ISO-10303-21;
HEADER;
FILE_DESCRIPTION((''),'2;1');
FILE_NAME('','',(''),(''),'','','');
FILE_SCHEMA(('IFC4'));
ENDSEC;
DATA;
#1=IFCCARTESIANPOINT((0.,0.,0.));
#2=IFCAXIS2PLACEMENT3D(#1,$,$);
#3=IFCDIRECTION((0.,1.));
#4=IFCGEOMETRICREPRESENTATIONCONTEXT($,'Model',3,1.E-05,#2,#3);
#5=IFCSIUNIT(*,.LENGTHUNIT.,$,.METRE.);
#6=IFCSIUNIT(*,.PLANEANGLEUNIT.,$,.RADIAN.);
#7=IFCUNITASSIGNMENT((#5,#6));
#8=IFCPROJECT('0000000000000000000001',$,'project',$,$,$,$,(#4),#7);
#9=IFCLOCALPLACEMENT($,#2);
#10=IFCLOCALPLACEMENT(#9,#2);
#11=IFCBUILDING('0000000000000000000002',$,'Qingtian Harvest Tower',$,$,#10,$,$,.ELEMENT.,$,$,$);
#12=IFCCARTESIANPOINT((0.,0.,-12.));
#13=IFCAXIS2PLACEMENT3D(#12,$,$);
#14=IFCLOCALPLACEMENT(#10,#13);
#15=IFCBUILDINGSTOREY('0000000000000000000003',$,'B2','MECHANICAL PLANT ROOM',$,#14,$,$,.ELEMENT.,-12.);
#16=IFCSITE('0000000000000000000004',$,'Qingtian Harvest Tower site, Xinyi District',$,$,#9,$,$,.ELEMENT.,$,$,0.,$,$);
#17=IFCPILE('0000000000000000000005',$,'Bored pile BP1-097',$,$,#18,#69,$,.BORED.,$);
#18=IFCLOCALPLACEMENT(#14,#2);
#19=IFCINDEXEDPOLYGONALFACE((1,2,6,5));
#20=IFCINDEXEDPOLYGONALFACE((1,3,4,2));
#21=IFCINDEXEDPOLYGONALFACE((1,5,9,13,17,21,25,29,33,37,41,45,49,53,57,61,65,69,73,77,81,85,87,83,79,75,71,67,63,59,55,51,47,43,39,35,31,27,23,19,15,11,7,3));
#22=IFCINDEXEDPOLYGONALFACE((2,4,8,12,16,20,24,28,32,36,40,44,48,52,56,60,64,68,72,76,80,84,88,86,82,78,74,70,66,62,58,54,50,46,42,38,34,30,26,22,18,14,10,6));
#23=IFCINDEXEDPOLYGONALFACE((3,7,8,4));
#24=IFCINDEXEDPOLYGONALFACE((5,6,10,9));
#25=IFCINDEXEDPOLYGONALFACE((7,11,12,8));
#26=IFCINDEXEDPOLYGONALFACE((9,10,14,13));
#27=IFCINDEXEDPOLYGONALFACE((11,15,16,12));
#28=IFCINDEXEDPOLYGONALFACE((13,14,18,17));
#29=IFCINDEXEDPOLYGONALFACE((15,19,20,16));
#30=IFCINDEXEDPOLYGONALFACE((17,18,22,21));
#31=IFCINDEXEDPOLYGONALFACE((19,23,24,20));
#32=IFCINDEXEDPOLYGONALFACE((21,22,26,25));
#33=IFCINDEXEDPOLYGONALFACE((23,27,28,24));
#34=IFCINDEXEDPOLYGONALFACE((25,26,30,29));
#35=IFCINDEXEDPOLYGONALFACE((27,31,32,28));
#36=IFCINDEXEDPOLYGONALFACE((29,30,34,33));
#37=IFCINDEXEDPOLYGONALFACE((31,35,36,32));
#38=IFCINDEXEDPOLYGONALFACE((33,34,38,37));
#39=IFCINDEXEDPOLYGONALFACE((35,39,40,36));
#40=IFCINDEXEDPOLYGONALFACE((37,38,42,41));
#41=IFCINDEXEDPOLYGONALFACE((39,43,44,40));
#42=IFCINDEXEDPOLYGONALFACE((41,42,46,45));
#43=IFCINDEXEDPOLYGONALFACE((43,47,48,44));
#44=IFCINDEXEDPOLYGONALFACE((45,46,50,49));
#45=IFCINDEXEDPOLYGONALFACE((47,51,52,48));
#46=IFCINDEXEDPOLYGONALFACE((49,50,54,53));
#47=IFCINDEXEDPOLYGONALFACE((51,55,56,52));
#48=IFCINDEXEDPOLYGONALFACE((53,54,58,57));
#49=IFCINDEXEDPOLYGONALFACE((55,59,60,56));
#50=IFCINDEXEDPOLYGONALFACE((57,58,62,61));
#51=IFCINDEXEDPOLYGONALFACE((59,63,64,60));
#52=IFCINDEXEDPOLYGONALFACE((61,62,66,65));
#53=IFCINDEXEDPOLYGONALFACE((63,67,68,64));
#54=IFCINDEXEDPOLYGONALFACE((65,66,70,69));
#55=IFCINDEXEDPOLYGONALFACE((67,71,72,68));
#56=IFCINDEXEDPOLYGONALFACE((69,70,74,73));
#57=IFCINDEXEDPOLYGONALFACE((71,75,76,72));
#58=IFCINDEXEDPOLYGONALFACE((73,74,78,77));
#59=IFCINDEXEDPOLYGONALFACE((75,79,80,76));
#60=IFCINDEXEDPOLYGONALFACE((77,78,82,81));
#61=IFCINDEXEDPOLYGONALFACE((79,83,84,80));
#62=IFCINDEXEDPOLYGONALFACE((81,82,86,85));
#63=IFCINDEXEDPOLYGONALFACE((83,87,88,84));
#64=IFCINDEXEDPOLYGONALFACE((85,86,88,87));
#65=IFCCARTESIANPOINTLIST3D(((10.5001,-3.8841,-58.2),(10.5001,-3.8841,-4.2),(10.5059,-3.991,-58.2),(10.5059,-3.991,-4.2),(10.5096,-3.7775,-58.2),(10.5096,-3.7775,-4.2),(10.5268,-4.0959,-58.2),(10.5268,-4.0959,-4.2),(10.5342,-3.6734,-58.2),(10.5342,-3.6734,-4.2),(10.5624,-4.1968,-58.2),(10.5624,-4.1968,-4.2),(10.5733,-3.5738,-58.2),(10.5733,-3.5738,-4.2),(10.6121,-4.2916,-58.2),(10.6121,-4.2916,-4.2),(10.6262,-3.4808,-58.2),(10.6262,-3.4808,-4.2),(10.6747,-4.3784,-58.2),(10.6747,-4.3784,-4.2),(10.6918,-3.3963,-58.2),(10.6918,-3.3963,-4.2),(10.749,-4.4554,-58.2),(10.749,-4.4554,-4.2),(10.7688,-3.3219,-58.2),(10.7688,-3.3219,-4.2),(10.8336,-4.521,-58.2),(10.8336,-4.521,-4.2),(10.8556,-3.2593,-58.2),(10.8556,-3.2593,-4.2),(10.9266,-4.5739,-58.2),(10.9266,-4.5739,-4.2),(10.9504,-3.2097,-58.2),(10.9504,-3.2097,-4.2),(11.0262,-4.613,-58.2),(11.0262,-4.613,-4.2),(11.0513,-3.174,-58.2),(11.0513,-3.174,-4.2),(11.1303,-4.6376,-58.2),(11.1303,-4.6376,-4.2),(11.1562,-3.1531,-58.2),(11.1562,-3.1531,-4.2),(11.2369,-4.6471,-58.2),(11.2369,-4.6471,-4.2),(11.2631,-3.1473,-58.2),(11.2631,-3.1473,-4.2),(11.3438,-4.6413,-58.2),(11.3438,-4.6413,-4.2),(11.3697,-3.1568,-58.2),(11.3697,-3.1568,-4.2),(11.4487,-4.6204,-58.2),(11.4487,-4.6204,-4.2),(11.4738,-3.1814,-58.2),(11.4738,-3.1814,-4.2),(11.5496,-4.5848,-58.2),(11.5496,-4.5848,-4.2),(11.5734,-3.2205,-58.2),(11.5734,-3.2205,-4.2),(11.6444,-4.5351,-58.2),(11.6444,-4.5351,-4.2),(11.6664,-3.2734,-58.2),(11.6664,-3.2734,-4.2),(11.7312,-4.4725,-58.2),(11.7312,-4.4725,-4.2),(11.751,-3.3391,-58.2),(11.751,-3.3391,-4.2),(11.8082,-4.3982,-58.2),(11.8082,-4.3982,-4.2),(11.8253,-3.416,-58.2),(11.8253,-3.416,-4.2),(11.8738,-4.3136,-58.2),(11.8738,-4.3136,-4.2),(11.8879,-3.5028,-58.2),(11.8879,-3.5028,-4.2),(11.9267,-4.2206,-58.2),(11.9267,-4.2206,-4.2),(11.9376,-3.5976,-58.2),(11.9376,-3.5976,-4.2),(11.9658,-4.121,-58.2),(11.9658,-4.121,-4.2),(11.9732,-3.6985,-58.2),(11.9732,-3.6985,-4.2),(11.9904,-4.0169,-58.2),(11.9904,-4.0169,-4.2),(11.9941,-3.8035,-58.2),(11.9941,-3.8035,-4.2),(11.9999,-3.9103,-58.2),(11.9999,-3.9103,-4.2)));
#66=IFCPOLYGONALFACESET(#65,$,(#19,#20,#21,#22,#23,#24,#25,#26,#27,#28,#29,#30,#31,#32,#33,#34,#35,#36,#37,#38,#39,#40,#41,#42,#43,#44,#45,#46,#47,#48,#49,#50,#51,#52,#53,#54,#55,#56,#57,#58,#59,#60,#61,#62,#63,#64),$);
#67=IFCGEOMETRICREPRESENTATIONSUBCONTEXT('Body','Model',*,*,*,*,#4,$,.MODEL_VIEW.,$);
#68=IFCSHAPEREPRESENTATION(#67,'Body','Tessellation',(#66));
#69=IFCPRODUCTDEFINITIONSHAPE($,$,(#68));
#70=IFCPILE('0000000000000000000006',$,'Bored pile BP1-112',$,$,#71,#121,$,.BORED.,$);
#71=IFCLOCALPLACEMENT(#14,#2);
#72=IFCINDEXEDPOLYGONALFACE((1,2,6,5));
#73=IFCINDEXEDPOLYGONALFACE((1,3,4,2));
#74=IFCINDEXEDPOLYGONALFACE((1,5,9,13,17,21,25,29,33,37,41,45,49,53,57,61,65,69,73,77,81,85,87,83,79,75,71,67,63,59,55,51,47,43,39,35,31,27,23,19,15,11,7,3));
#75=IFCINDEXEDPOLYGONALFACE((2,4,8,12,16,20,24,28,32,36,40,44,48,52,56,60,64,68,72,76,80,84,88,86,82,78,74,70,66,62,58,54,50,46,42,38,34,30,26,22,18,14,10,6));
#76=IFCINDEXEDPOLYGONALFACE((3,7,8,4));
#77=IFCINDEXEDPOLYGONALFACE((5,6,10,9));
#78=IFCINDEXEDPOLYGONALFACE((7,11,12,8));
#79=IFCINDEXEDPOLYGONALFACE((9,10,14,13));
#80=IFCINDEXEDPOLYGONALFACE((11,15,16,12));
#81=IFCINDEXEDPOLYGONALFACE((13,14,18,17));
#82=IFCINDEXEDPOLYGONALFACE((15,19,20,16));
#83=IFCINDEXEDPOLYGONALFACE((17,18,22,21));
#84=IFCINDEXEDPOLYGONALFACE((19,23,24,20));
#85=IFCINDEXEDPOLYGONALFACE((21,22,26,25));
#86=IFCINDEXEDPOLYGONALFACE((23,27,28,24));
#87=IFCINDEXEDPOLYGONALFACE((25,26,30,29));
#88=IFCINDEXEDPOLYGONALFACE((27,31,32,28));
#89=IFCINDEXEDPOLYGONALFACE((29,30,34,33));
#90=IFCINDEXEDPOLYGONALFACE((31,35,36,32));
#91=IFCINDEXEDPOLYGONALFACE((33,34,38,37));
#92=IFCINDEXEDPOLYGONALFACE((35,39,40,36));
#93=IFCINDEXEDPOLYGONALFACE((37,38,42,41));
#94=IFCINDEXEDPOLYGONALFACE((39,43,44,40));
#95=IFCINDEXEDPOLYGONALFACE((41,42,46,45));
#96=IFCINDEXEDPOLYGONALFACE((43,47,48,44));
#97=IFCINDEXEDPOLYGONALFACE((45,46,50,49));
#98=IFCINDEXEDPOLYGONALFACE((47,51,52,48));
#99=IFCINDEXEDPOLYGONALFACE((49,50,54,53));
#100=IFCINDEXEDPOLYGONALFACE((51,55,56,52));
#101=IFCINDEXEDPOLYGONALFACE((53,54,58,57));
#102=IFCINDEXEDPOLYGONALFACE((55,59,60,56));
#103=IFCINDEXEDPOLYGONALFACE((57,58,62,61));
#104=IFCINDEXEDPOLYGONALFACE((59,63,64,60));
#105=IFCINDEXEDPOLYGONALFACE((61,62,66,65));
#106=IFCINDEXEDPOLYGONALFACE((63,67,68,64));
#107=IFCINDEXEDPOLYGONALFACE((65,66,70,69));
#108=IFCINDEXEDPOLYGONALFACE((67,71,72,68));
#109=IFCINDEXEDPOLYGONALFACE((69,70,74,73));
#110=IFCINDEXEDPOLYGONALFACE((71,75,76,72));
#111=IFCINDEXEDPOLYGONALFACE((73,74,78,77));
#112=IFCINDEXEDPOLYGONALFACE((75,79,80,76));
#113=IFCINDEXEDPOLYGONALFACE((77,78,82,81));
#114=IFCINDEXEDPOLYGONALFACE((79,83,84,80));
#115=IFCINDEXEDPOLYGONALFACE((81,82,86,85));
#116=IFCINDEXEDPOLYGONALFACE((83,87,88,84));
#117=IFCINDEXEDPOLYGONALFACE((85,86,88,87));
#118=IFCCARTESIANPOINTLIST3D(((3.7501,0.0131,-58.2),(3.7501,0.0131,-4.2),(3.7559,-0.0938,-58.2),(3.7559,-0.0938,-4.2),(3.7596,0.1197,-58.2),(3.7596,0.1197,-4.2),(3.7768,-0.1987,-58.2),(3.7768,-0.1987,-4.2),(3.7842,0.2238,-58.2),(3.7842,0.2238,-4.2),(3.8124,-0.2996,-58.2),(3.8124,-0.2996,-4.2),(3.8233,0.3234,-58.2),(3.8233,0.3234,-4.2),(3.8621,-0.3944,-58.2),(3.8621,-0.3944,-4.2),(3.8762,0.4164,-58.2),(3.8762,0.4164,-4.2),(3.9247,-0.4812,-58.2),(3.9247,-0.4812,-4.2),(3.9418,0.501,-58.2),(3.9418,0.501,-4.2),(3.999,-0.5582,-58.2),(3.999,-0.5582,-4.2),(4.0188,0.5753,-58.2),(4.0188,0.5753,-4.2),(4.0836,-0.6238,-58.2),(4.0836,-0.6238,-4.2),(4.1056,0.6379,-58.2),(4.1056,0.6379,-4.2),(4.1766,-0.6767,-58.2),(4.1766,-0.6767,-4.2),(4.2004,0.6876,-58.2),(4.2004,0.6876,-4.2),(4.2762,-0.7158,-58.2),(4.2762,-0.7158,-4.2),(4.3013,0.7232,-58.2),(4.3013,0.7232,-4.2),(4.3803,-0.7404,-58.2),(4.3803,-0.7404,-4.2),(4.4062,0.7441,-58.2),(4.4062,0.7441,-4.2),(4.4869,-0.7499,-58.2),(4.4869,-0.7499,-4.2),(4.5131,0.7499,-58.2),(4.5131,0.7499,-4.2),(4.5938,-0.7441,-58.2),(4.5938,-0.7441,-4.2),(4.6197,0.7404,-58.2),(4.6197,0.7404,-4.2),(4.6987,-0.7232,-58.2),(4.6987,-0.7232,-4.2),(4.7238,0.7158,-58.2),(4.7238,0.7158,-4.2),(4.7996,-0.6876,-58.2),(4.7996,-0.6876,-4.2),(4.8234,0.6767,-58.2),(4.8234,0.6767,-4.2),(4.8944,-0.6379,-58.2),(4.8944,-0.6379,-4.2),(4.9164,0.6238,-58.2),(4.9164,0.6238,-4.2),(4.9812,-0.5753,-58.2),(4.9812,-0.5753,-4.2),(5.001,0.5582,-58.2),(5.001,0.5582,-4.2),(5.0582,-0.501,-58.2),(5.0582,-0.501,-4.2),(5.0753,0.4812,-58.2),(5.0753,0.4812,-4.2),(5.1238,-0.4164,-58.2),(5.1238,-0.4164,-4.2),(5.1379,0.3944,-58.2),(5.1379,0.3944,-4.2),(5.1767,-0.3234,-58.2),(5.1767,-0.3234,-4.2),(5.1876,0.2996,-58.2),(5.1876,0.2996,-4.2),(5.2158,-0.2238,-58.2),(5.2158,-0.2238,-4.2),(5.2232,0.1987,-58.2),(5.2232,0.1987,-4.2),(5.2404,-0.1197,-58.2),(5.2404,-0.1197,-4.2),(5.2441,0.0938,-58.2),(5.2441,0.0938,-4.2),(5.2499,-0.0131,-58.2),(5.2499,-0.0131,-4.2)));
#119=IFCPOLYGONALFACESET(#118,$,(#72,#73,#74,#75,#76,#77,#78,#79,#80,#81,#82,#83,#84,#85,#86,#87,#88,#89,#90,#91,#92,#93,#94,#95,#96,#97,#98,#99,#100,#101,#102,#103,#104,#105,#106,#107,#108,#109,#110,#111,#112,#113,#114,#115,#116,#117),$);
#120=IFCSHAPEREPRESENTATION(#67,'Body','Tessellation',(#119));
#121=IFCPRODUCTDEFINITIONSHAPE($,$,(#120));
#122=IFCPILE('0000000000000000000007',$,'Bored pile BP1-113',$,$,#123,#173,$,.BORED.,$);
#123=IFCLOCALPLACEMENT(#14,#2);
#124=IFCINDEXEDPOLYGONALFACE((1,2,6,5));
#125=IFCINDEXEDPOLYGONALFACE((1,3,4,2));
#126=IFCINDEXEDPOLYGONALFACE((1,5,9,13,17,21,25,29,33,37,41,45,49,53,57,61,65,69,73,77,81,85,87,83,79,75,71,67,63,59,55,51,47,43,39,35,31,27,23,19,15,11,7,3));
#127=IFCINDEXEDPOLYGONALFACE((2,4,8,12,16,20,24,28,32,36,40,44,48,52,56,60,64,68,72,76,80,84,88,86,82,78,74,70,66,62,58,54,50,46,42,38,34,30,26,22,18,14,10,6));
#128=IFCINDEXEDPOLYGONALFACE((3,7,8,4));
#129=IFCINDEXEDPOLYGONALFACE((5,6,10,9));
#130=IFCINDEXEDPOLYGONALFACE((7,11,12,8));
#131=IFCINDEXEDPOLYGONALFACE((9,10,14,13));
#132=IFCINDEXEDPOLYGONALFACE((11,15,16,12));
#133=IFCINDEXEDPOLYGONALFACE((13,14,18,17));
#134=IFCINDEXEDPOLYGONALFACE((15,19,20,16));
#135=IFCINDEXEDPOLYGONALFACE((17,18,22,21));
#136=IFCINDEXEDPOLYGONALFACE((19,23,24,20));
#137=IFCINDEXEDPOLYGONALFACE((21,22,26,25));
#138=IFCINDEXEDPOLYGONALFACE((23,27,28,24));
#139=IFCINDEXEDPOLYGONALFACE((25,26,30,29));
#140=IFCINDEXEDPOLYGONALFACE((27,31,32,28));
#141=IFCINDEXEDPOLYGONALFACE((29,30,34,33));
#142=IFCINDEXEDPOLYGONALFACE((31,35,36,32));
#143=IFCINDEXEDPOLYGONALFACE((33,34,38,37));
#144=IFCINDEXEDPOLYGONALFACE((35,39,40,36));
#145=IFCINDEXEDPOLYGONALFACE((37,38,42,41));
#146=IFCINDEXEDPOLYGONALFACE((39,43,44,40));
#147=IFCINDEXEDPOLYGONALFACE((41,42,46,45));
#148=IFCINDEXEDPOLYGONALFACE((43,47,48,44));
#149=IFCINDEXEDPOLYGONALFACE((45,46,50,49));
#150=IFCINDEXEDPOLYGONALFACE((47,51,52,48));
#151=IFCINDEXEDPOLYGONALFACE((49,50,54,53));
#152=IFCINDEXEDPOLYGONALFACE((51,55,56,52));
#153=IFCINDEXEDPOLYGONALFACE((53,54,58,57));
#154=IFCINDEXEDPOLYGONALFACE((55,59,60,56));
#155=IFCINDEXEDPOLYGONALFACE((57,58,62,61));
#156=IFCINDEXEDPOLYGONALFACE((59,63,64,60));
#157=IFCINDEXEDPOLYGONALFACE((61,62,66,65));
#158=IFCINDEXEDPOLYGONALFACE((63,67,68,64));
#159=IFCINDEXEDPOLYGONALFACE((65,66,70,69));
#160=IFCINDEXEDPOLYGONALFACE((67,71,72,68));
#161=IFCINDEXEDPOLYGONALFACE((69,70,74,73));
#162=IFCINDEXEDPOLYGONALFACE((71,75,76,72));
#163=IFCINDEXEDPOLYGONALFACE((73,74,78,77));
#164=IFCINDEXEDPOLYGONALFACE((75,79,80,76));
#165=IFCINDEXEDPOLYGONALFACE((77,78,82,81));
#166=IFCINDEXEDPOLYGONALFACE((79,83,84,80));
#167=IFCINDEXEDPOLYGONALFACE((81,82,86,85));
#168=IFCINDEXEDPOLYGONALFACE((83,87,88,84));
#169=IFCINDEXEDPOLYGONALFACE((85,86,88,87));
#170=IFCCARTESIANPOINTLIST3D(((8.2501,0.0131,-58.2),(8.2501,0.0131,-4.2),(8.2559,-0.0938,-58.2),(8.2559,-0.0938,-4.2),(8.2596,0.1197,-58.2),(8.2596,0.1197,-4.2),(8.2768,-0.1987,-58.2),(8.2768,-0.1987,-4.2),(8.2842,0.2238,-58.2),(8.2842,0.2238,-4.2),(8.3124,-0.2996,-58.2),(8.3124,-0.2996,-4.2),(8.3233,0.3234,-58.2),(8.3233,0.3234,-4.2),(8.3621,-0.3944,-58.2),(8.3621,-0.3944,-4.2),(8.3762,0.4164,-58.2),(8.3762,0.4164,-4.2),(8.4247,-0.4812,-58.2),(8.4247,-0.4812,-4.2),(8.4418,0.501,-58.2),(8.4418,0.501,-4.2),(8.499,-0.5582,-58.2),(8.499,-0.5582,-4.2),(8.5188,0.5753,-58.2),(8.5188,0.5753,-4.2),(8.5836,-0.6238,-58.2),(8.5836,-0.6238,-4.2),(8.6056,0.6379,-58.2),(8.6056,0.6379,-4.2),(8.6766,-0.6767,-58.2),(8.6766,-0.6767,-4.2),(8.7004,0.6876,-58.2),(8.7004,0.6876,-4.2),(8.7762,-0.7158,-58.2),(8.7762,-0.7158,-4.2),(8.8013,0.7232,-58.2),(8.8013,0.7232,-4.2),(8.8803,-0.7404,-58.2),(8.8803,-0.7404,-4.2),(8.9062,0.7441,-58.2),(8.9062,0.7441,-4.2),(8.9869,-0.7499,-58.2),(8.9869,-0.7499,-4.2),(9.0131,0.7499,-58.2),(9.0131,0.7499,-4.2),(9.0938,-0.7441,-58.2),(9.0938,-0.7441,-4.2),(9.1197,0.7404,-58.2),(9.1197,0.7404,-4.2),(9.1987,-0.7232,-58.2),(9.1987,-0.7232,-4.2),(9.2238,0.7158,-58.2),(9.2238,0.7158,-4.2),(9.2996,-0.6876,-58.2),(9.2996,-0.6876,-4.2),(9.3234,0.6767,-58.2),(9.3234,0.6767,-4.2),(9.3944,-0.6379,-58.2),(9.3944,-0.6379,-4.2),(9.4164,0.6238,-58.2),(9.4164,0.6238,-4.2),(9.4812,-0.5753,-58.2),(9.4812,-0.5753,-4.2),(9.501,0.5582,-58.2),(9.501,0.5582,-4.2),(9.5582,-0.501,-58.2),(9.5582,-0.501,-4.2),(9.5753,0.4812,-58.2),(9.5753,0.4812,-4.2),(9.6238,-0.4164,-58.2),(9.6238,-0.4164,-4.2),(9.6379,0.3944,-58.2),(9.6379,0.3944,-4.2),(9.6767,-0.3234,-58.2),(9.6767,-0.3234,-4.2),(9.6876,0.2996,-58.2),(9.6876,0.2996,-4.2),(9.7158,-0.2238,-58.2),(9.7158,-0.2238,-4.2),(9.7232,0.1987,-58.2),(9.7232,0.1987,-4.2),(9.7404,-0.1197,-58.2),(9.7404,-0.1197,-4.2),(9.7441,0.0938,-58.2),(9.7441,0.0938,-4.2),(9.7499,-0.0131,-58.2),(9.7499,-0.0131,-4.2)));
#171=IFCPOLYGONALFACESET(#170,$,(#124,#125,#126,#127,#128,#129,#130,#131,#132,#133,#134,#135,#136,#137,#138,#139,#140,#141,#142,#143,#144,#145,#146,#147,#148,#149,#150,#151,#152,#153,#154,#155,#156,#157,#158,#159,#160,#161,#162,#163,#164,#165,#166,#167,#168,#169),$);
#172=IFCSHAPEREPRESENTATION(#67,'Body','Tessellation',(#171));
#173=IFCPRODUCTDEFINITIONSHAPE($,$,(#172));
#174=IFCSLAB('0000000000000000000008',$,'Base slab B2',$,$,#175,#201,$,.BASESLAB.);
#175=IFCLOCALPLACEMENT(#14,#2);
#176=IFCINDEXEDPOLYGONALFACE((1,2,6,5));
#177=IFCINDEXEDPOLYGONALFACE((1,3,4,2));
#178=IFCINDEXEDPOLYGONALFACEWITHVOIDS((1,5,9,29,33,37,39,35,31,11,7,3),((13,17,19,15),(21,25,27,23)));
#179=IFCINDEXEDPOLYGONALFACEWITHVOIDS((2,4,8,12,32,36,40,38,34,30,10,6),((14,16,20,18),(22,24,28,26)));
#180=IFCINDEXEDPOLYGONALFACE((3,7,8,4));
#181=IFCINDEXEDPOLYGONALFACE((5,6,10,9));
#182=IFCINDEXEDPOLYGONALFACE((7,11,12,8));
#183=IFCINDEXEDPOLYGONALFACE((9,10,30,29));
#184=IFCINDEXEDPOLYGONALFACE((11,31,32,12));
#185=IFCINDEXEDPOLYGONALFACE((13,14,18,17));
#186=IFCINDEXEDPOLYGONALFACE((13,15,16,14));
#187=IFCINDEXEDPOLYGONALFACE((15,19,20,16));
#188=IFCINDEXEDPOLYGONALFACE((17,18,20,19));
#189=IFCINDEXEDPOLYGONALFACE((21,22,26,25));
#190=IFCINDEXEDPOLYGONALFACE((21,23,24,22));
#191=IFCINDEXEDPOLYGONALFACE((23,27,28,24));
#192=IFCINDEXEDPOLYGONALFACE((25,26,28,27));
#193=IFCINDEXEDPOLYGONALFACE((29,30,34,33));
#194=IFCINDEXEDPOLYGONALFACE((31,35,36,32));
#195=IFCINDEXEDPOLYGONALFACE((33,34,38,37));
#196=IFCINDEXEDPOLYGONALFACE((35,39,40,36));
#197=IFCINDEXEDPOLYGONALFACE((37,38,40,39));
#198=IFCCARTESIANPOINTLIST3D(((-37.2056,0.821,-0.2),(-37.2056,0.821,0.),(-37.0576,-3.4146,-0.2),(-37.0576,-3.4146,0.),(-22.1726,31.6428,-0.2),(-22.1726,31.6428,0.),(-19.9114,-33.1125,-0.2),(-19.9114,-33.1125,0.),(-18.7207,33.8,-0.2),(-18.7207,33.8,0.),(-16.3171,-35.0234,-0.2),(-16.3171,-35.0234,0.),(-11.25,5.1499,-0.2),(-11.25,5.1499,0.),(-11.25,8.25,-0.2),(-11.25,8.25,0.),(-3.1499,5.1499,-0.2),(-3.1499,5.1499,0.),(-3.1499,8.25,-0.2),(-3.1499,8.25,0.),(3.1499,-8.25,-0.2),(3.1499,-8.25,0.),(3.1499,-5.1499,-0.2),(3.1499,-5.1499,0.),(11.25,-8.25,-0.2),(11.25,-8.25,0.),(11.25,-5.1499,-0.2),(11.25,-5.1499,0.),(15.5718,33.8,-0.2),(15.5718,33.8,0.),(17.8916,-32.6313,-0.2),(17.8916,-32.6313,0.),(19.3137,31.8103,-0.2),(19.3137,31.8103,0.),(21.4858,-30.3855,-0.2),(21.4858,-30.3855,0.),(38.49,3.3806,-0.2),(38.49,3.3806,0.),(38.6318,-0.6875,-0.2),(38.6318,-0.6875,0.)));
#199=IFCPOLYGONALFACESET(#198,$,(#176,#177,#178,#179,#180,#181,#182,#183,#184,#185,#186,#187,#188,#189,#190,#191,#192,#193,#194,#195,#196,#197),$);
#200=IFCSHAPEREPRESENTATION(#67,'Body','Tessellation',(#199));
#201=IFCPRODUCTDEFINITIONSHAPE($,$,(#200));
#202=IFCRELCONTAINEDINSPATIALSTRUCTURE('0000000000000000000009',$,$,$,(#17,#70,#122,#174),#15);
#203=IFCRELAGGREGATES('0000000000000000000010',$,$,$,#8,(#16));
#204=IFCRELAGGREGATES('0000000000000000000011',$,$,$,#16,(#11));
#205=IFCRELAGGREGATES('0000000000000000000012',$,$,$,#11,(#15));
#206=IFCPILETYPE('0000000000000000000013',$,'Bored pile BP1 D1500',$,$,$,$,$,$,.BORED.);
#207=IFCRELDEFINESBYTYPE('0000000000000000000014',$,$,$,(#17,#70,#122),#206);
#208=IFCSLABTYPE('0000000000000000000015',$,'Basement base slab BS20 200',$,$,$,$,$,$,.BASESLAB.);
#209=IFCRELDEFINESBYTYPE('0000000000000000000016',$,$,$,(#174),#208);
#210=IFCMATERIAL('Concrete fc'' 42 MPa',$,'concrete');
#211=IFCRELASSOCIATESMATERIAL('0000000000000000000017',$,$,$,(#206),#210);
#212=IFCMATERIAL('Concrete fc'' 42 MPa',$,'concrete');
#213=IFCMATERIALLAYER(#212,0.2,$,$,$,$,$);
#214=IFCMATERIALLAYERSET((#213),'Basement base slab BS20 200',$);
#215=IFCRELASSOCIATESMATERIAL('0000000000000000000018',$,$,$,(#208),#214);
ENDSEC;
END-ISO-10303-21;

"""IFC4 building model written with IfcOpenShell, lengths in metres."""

from ifc_helpers import new_model, si_unit, direction, frame, frame_2d, origin, place, context, subcontext, project, spatial, polyline, circle, outline, extrude, material, layer, layer_set, material_profile, profile_set, type_object, element, save


model = new_model("IFC4")

# Units and contexts
model_context = context("Model", 3, precision=1e-05, world=origin(), true_north=direction((0.0, 1.0)))
body_context = subcontext(model_context, "Body", "Model", "MODEL_VIEW")
ifc_project = project(units=[si_unit("LENGTHUNIT", "METRE"), si_unit("PLANEANGLEUNIT", "RADIAN")], contexts=[model_context])

# Site, building, storey
site_placement = place(None, origin())
site = spatial("IfcSite", under=ifc_project, at=site_placement, Name="Qingtian Harvest Tower site, Xinyi District", CompositionType="ELEMENT", RefElevation=0.0)
building_placement = place(site_placement, origin())
building = spatial("IfcBuilding", under=site, at=building_placement, Name="Qingtian Harvest Tower", CompositionType="ELEMENT")
storey_placement = place(building_placement, frame((0.0, 0.0, -12.0)))
storey = spatial("IfcBuildingStorey", under=building, at=storey_placement, Name="B2", Description="MECHANICAL PLANT ROOM", CompositionType="ELEMENT", Elevation=-12.0)

# Piles
ifc_material_1 = material(Name="Concrete fc' 42 MPa", Category="concrete")
ifc_material_profile = material_profile(ifc_material_1, circle(Radius=0.75, at=frame_2d((0.0, 0.0), x_axis=(0.999848, 0.017452))), Name="Bored pile BP1 D1500")
ifc_profile_set = profile_set([ifc_material_profile], Name="Concrete fc' 42 MPa")
pile_type = type_object("IfcPileType", Name="Bored pile BP1 D1500", PredefinedType="BORED", material=ifc_profile_set)
for number, where, z_axis, x_axis, name in (
    (1, (11.25, -3.8972, -4.2), (0.0, 0.0, -1.0), (1.0, 0.0, 0.0), "Bored pile BP1-097"),
    (2, (4.5, 0.0, -4.2), (0.0, 0.0, -1.0), (1.0, 0.0, 0.0), "Bored pile BP1-112"),
    (3, (9.0, 0.0, -4.2), (0.0, 0.0, -1.0), (1.0, 0.0, 0.0), "Bored pile BP1-113"),
):
    element("IfcPile", number, at=place(storey_placement, frame(where, z_axis=z_axis, x_axis=x_axis)), inside=storey, type_object=pile_type, Name=name, PredefinedType="BORED", context=body_context, shape_type="SweptSolid", body=[
        extrude(circle(Radius=0.75, at=frame_2d((0.0, 0.0), x_axis=(0.999848, 0.017452))), origin(), (0.0, 0.0, 1.0), 54.0),
    ])

# Slab
ifc_material_2 = material(Name="Concrete fc' 42 MPa", Category="concrete")
ifc_layer_1 = layer(ifc_material_2, 0.2)
ifc_layer_set_1 = layer_set([ifc_layer_1], Name="Basement base slab BS20 200")
slab_type_1 = type_object("IfcSlabType", Name="Basement base slab BS20 200", PredefinedType="BASESLAB", material=ifc_layer_set_1)
slab_1_placement = place(storey_placement, frame((0.0, 0.0, -0.2)))
element("IfcSlab", 4, at=slab_1_placement, inside=storey, type_object=slab_type_1, Name="Base slab B2", PredefinedType="BASESLAB", context=body_context, shape_type="SweptSolid", body=[
    extrude(outline(polyline([(-18.7207, 33.8), (15.5718, 33.8), (19.3137, 31.8103), (38.49, 3.3806), (38.6318, -0.6875), (21.4858, -30.3855), (17.8916, -32.6313), (-16.3171, -35.0234), (-19.9114, -33.1125), (-37.0576, -3.4146), (-37.2056, 0.821), (-22.1726, 31.6428), (-18.7207, 33.8)]), holes=[polyline([(-11.25, 5.1499), (-3.1499, 5.1499), (-3.1499, 8.25), (-11.25, 8.25), (-11.25, 5.1499)]), polyline([(3.1499, -8.25), (11.25, -8.25), (11.25, -5.1499), (3.1499, -5.1499), (3.1499, -8.25)])]), origin(), (0.0, 0.0, 1.0), 0.2),
])

save(model, "model.ifc")
